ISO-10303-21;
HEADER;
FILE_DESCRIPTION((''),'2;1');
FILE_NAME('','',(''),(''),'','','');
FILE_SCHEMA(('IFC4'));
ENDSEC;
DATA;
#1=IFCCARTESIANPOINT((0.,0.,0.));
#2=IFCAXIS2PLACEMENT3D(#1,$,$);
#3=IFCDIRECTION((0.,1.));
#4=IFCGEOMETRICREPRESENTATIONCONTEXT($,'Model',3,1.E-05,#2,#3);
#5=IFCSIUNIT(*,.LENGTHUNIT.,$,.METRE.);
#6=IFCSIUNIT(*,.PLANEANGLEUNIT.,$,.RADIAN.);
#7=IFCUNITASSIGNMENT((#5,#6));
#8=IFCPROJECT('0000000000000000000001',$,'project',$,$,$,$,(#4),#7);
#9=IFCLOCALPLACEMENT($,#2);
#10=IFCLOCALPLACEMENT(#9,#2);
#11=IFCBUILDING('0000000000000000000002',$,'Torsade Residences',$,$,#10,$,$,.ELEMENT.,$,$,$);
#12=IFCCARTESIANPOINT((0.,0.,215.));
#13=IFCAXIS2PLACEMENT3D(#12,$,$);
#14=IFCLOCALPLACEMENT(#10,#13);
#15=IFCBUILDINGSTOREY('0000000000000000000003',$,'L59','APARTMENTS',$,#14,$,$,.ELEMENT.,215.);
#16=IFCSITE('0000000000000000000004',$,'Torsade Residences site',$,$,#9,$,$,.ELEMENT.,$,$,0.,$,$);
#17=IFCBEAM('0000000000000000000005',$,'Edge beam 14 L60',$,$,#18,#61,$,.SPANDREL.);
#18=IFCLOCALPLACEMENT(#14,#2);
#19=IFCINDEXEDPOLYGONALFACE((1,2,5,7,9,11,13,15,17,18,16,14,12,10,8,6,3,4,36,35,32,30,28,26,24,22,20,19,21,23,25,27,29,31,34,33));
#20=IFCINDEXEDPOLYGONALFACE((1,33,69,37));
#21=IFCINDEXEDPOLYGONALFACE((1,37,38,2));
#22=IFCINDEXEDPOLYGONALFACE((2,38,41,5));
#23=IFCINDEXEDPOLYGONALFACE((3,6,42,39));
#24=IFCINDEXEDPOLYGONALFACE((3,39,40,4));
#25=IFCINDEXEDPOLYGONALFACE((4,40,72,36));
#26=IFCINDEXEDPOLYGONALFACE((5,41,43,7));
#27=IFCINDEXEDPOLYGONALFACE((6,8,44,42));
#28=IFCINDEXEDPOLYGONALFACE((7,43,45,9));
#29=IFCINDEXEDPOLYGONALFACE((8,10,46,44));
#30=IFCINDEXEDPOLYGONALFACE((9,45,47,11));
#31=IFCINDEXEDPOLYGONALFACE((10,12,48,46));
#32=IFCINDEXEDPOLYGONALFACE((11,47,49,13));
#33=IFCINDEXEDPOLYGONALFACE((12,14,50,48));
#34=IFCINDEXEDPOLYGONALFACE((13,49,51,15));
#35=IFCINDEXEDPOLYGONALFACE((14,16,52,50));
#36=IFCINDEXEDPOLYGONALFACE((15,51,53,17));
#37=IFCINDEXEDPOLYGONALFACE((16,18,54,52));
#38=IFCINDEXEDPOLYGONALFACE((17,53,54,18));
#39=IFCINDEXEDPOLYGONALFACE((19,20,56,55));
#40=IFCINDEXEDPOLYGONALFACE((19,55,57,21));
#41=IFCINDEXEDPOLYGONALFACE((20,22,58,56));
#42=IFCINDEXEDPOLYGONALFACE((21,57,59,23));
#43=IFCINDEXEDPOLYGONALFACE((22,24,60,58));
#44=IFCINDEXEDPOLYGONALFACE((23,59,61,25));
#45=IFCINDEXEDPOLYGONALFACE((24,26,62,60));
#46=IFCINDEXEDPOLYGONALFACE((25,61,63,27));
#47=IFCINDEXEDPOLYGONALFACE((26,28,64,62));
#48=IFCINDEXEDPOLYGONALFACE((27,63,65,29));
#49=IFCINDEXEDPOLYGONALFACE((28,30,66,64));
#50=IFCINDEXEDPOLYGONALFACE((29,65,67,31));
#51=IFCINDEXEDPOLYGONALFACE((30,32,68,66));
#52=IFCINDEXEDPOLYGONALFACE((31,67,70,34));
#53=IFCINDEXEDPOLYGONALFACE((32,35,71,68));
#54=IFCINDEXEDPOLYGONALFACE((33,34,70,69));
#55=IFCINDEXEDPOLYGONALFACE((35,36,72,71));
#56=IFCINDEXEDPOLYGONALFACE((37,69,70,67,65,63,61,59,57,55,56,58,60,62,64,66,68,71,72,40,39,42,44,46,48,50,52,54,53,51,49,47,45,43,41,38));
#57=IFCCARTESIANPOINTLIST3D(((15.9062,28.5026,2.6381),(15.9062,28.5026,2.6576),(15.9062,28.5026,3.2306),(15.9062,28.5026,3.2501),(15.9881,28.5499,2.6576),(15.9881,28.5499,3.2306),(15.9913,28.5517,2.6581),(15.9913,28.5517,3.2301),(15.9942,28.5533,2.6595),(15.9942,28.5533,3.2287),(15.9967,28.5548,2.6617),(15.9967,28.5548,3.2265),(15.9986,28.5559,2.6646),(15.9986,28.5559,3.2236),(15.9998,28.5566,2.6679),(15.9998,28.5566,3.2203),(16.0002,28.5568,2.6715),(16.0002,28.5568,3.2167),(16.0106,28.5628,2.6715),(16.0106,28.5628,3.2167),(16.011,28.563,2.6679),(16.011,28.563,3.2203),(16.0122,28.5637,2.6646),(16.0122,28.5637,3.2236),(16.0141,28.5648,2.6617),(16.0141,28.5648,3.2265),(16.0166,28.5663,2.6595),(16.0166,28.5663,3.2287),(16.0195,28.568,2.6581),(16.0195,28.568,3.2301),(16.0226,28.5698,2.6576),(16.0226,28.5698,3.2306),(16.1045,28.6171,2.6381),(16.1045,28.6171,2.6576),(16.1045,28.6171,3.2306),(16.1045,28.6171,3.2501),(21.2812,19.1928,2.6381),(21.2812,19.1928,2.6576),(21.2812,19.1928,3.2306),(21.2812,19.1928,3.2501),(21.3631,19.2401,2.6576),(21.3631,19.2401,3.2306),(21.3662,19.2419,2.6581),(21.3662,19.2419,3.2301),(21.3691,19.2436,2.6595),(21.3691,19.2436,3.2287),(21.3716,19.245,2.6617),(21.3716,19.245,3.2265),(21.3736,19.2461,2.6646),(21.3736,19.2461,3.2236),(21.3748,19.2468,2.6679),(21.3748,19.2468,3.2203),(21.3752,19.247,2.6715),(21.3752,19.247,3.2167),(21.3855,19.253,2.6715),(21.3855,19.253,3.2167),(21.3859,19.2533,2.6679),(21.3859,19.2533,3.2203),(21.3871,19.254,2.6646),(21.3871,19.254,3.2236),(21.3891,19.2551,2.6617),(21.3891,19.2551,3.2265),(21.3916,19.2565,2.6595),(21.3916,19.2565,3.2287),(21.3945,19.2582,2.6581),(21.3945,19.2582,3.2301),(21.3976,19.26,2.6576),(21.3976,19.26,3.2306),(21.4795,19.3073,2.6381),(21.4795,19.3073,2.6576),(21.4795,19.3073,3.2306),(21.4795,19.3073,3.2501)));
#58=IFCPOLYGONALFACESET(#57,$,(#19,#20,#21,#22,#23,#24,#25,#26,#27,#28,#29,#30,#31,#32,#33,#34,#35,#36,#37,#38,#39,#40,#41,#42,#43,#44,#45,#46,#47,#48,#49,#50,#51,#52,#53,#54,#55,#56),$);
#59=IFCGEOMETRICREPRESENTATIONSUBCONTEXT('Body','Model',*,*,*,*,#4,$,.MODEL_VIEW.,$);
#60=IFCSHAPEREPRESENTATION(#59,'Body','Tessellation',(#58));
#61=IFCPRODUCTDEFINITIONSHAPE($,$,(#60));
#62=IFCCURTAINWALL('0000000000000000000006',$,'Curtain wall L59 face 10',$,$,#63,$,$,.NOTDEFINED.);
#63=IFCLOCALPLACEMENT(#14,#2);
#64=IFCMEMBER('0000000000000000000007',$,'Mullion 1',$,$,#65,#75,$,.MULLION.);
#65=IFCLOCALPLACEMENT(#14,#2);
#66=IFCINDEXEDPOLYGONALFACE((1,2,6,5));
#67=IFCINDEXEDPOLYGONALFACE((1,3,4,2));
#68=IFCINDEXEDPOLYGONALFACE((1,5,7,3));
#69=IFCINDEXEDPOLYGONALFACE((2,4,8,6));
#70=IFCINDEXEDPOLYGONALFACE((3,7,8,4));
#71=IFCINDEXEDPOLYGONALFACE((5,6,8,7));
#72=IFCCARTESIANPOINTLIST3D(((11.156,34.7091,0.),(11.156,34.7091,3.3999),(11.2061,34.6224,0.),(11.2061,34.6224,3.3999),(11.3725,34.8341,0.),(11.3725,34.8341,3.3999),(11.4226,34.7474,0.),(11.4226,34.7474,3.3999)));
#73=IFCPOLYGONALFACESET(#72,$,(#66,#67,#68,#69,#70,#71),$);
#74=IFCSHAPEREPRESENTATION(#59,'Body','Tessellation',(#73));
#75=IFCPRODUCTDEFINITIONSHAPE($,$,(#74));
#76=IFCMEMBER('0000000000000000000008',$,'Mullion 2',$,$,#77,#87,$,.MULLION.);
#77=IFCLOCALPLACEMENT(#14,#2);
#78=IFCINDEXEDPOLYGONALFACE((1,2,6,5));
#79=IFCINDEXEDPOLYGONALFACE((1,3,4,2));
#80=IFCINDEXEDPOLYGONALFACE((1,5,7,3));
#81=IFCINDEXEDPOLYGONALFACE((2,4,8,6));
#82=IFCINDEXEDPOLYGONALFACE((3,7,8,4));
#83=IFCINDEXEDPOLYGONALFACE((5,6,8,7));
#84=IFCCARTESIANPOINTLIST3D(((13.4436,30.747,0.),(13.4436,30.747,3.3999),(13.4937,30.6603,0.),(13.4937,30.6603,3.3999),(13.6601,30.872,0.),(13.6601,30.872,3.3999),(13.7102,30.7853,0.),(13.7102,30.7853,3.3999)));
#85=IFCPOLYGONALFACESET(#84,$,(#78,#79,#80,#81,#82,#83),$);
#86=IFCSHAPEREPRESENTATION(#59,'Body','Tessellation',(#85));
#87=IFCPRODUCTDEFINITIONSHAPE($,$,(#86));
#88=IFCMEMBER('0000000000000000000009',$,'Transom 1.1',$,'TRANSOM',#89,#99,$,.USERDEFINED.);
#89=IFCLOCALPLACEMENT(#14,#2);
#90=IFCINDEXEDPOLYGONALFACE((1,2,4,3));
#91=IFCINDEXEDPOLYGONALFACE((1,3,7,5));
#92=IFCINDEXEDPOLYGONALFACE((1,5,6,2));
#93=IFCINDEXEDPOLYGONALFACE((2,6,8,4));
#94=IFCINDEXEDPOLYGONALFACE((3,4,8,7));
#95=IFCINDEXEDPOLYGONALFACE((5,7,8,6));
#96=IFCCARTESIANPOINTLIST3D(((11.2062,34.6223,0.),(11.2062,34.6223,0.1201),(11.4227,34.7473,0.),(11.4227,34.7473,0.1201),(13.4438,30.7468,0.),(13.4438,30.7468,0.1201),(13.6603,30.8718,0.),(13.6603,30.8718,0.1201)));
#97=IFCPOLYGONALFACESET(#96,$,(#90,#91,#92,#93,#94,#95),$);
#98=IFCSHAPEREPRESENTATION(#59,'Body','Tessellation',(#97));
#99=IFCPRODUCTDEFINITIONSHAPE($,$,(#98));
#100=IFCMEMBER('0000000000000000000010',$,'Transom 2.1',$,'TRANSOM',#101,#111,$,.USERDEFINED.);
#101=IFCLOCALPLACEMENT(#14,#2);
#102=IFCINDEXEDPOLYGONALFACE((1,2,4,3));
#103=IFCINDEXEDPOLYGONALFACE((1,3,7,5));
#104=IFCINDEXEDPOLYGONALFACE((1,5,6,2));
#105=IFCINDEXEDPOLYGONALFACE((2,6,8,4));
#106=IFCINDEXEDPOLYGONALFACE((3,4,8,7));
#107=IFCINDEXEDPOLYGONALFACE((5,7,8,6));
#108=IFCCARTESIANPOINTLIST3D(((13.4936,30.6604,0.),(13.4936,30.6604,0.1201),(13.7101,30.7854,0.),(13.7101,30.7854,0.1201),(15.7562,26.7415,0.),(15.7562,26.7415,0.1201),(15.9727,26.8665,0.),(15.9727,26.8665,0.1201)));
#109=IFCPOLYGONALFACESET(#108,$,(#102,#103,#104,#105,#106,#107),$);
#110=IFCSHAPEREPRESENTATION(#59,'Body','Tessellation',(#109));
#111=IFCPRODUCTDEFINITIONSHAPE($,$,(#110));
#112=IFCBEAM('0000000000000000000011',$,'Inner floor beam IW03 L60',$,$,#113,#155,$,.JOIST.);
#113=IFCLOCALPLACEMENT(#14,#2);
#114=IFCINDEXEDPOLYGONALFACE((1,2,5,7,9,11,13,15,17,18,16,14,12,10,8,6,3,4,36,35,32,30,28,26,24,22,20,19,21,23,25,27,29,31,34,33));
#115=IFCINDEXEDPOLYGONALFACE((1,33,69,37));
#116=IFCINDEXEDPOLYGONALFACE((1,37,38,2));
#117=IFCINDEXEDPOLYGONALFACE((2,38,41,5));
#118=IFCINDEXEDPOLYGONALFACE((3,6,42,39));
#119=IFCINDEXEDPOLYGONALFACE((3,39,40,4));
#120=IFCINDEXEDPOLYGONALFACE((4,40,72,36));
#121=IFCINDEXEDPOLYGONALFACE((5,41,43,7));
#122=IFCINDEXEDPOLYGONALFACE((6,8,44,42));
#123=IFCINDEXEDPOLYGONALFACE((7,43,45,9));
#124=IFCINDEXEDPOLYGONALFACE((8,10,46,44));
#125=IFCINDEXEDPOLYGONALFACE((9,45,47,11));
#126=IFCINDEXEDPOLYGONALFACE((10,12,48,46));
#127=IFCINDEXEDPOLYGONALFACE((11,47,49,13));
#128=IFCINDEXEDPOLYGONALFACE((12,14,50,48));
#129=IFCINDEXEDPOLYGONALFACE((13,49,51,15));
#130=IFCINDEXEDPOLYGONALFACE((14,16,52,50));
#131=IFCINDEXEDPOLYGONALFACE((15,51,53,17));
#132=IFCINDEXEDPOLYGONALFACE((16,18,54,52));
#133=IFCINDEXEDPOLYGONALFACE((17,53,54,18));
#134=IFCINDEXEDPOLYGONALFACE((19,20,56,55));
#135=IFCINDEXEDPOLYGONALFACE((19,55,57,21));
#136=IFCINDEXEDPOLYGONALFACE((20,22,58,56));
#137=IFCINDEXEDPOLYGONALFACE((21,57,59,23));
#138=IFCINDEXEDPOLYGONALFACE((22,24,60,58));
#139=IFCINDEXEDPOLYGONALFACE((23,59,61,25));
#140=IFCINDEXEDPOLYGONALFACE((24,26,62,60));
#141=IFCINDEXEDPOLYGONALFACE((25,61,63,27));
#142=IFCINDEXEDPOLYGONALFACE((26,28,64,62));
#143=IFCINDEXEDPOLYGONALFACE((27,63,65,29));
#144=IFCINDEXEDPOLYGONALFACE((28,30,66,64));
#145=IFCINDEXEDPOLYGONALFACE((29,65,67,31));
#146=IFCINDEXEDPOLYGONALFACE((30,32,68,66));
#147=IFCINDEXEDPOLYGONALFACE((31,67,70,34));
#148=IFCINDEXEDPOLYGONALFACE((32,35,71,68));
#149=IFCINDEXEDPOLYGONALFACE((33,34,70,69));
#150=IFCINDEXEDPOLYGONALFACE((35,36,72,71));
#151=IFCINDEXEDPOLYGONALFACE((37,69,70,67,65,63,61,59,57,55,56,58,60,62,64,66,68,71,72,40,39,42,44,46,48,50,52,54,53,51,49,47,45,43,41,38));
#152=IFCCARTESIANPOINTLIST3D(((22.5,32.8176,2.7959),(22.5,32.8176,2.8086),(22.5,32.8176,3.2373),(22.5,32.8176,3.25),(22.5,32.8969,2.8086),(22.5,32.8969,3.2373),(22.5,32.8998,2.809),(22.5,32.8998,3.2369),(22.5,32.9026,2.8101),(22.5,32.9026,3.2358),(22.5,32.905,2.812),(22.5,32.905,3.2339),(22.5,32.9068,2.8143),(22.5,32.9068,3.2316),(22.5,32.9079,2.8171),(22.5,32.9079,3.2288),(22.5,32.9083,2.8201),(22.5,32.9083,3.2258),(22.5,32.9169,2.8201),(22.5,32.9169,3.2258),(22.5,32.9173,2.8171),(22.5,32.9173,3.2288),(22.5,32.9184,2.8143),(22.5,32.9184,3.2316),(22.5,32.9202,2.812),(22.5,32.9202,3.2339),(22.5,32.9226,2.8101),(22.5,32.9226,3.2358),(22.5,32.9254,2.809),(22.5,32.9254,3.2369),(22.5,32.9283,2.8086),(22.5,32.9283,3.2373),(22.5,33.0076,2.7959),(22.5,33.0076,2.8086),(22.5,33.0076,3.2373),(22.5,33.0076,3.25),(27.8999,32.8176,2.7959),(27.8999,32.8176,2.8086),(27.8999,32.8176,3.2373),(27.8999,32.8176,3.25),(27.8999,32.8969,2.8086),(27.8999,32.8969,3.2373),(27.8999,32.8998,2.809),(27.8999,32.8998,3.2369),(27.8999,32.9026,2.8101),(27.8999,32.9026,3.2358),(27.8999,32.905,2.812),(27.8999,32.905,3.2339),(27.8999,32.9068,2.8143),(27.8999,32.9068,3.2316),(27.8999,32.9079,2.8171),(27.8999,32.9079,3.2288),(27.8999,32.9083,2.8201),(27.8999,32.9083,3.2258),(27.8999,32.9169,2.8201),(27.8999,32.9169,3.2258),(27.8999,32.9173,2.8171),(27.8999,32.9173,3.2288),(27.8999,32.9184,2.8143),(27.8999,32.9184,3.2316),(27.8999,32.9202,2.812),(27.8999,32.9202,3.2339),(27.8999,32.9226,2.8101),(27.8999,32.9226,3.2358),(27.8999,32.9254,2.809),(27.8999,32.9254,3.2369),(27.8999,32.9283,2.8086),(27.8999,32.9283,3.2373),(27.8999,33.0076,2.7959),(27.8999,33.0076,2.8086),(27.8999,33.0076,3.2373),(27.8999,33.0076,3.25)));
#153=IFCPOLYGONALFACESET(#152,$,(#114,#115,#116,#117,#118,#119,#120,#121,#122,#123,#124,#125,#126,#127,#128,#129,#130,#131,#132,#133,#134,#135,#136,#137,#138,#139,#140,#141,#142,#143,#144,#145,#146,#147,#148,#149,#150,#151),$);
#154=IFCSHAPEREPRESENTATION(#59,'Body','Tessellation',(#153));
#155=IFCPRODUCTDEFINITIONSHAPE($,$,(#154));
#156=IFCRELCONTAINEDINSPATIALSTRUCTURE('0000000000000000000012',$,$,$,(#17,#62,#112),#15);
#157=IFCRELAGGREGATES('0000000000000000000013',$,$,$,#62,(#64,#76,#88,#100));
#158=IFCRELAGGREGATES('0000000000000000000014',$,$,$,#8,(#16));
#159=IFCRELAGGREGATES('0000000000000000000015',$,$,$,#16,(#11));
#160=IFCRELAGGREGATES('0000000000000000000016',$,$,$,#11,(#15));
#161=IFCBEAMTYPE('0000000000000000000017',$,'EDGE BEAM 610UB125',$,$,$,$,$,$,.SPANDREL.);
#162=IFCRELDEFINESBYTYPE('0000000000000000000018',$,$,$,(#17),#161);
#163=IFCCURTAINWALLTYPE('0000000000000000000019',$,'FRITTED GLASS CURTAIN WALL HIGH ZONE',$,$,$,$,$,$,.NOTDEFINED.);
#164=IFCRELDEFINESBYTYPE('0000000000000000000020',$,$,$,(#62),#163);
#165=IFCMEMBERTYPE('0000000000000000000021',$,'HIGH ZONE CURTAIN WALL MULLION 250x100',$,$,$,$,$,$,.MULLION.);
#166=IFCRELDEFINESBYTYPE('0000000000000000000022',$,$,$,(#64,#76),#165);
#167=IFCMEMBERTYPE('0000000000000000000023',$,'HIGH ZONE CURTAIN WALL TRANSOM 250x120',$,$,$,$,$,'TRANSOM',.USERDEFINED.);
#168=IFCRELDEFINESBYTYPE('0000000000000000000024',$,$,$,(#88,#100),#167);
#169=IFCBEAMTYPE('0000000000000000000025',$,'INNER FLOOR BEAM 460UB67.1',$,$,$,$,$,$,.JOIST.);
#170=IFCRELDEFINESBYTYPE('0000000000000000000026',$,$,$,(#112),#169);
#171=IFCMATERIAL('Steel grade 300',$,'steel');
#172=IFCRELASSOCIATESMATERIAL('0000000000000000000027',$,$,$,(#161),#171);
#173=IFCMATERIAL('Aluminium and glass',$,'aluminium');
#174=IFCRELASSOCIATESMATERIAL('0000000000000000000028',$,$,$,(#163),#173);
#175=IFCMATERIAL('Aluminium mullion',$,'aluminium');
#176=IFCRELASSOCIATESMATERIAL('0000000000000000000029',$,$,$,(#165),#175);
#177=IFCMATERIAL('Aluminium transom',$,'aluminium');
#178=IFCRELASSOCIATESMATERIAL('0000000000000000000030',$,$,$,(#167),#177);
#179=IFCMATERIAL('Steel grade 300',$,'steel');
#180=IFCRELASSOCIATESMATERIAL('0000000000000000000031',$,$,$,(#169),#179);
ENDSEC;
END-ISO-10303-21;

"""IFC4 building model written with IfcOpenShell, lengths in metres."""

from ifc_helpers import new_model, si_unit, direction, frame, origin, origin_2d, place, context, subcontext, project, spatial, rectangle, i_section, extrude, material, material_profile, profile_set, type_object, element, aggregate, save


model = new_model("IFC4")

# Units and contexts
model_context = context("Model", 3, precision=1e-05, world=origin(), true_north=direction((0.0, 1.0)))
body_context = subcontext(model_context, "Body", "Model", "MODEL_VIEW")
ifc_project = project(units=[si_unit("LENGTHUNIT", "METRE"), si_unit("PLANEANGLEUNIT", "RADIAN")], contexts=[model_context])

# Site, building, storey
site_placement = place(None, origin())
site = spatial("IfcSite", under=ifc_project, at=site_placement, Name="Torsade Residences site", CompositionType="ELEMENT", RefElevation=0.0)
building_placement = place(site_placement, origin())
building = spatial("IfcBuilding", under=site, at=building_placement, Name="Torsade Residences", CompositionType="ELEMENT")
storey_placement = place(building_placement, frame((0.0, 0.0, 215.0)))
storey = spatial("IfcBuildingStorey", under=building, at=storey_placement, Name="L59", Description="APARTMENTS", CompositionType="ELEMENT", Elevation=215.0)

# Beam
ifc_material_1 = material(Name="Steel grade 300", Category="steel")
ifc_material_profile_1 = material_profile(ifc_material_1, i_section(OverallWidth=0.229, OverallDepth=0.6121, WebThickness=0.012, FlangeThickness=0.0195, FilletRadius=0.0139, at=origin_2d()), Name="610UB125")
ifc_profile_set_1 = profile_set([ifc_material_profile_1], Name="Steel grade 300")
beam_type_1 = type_object("IfcBeamType", Name="EDGE BEAM 610UB125", PredefinedType="SPANDREL", material=ifc_profile_set_1)
for number, where, z_axis, x_axis, name in (
    (1, (16.0054, 28.5598, 2.9441), (0.499998, -0.866026, 0.0), (0.866026, 0.499998, 0.0), "Edge beam 14 L60"),
):
    element("IfcBeam", number, at=place(storey_placement, frame(where, z_axis=z_axis, x_axis=x_axis)), inside=storey, type_object=beam_type_1, Name=name, PredefinedType="SPANDREL", context=body_context, shape_type="SweptSolid", body=[
        extrude(i_section(OverallWidth=0.229, OverallDepth=0.6121, WebThickness=0.012, FlangeThickness=0.0195, FilletRadius=0.0139, at=origin_2d()), origin(), (0.0, 0.0, 1.0), 10.75),
    ])

# Curtain wall, members
ifc_material_2 = material(Name="Aluminium and glass", Category="aluminium")
curtain_wall_type = type_object("IfcCurtainWallType", Name="FRITTED GLASS CURTAIN WALL HIGH ZONE", PredefinedType="NOTDEFINED", material=ifc_material_2)
curtain_wall_placement = place(storey_placement, origin())
curtain_wall = element("IfcCurtainWall", 2, at=curtain_wall_placement, inside=storey, type_object=curtain_wall_type, Name="Curtain wall L59 face 10", PredefinedType="NOTDEFINED")
ifc_material_3 = material(Name="Aluminium mullion", Category="aluminium")
ifc_material_profile_2 = material_profile(ifc_material_3, rectangle(XDim=0.25, YDim=0.1001, at=origin_2d()), Name="HIGH ZONE CURTAIN WALL MULLION 250x100")
ifc_profile_set_2 = profile_set([ifc_material_profile_2], Name="Aluminium mullion")
member_type_1 = type_object("IfcMemberType", Name="HIGH ZONE CURTAIN WALL MULLION 250x100", PredefinedType="MULLION", material=ifc_profile_set_2)
member_1_placement = place(storey_placement, frame((11.2893, 34.7283, 0.0), z_axis=(0.0, 0.0, 1.0), x_axis=(0.866025, 0.5, 0.0)))
member_1 = element("IfcMember", 3, at=member_1_placement, type_object=member_type_1, Name="Mullion 1", PredefinedType="MULLION", context=body_context, shape_type="SweptSolid", body=[
    extrude(rectangle(XDim=0.25, YDim=0.1001, at=origin_2d()), origin(), (0.0, 0.0, 1.0), 3.3999),
])
member_2_placement = place(storey_placement, frame((13.5769, 30.7661, 0.0), z_axis=(0.0, 0.0, 1.0), x_axis=(0.866025, 0.5, 0.0)))
member_2 = element("IfcMember", 4, at=member_2_placement, type_object=member_type_1, Name="Mullion 2", PredefinedType="MULLION", context=body_context, shape_type="SweptSolid", body=[
    extrude(rectangle(XDim=0.25, YDim=0.1001, at=origin_2d()), origin(), (0.0, 0.0, 1.0), 3.3999),
])
ifc_material_4 = material(Name="Aluminium transom", Category="aluminium")
ifc_material_profile_3 = material_profile(ifc_material_4, rectangle(XDim=0.25, YDim=0.1201, at=origin_2d()), Name="HIGH ZONE CURTAIN WALL TRANSOM 250x120")
ifc_profile_set_3 = profile_set([ifc_material_profile_3], Name="Aluminium transom")
member_type_2 = type_object("IfcMemberType", Name="HIGH ZONE CURTAIN WALL TRANSOM 250x120", ElementType="TRANSOM", PredefinedType="USERDEFINED", material=ifc_profile_set_3)
member_3_placement = place(storey_placement, frame((11.3145, 34.6848, 0.0601), z_axis=(0.500006, -0.866022, 0.0), x_axis=(0.866022, 0.500006, 0.0)))
member_3 = element("IfcMember", 5, at=member_3_placement, type_object=member_type_2, Name="Transom 1.1", ObjectType="TRANSOM", PredefinedType="USERDEFINED", context=body_context, shape_type="SweptSolid", body=[
    extrude(rectangle(XDim=0.25, YDim=0.1201, at=origin_2d()), origin(), (0.0, 0.0, 1.0), 4.4751),
])
member_4_placement = place(storey_placement, frame((13.6018, 30.7229, 0.0601), z_axis=(0.500015, -0.866017, 0.0), x_axis=(0.866017, 0.500015, 0.0)))
member_4 = element("IfcMember", 6, at=member_4_placement, type_object=member_type_2, Name="Transom 2.1", ObjectType="TRANSOM", PredefinedType="USERDEFINED", context=body_context, shape_type="SweptSolid", body=[
    extrude(rectangle(XDim=0.25, YDim=0.1201, at=origin_2d()), origin(), (0.0, 0.0, 1.0), 4.5251),
])

# Beam
ifc_material_5 = material(Name="Steel grade 300", Category="steel")
ifc_material_profile_4 = material_profile(ifc_material_5, i_section(OverallWidth=0.1899, OverallDepth=0.4541, WebThickness=0.0085, FlangeThickness=0.0127, FilletRadius=0.0115, at=origin_2d()), Name="460UB67.1")
ifc_profile_set_4 = profile_set([ifc_material_profile_4], Name="Steel grade 300")
beam_type_2 = type_object("IfcBeamType", Name="INNER FLOOR BEAM 460UB67.1", PredefinedType="JOIST", material=ifc_profile_set_4)
for number, where, z_axis, x_axis, name in (
    (7, (27.8999, 32.9126, 3.0229), (-1.0, 0.0, 0.0), (0.0, -1.0, 0.0), "Inner floor beam IW03 L60"),
):
    element("IfcBeam", number, at=place(storey_placement, frame(where, z_axis=z_axis, x_axis=x_axis)), inside=storey, type_object=beam_type_2, Name=name, PredefinedType="JOIST", context=body_context, shape_type="SweptSolid", body=[
        extrude(i_section(OverallWidth=0.1899, OverallDepth=0.4541, WebThickness=0.0085, FlangeThickness=0.0127, FilletRadius=0.0115, at=origin_2d()), origin(), (0.0, 0.0, 1.0), 5.3999),
    ])

aggregate(curtain_wall, [member_1, member_2, member_3, member_4])

save(model, "model.ifc")
